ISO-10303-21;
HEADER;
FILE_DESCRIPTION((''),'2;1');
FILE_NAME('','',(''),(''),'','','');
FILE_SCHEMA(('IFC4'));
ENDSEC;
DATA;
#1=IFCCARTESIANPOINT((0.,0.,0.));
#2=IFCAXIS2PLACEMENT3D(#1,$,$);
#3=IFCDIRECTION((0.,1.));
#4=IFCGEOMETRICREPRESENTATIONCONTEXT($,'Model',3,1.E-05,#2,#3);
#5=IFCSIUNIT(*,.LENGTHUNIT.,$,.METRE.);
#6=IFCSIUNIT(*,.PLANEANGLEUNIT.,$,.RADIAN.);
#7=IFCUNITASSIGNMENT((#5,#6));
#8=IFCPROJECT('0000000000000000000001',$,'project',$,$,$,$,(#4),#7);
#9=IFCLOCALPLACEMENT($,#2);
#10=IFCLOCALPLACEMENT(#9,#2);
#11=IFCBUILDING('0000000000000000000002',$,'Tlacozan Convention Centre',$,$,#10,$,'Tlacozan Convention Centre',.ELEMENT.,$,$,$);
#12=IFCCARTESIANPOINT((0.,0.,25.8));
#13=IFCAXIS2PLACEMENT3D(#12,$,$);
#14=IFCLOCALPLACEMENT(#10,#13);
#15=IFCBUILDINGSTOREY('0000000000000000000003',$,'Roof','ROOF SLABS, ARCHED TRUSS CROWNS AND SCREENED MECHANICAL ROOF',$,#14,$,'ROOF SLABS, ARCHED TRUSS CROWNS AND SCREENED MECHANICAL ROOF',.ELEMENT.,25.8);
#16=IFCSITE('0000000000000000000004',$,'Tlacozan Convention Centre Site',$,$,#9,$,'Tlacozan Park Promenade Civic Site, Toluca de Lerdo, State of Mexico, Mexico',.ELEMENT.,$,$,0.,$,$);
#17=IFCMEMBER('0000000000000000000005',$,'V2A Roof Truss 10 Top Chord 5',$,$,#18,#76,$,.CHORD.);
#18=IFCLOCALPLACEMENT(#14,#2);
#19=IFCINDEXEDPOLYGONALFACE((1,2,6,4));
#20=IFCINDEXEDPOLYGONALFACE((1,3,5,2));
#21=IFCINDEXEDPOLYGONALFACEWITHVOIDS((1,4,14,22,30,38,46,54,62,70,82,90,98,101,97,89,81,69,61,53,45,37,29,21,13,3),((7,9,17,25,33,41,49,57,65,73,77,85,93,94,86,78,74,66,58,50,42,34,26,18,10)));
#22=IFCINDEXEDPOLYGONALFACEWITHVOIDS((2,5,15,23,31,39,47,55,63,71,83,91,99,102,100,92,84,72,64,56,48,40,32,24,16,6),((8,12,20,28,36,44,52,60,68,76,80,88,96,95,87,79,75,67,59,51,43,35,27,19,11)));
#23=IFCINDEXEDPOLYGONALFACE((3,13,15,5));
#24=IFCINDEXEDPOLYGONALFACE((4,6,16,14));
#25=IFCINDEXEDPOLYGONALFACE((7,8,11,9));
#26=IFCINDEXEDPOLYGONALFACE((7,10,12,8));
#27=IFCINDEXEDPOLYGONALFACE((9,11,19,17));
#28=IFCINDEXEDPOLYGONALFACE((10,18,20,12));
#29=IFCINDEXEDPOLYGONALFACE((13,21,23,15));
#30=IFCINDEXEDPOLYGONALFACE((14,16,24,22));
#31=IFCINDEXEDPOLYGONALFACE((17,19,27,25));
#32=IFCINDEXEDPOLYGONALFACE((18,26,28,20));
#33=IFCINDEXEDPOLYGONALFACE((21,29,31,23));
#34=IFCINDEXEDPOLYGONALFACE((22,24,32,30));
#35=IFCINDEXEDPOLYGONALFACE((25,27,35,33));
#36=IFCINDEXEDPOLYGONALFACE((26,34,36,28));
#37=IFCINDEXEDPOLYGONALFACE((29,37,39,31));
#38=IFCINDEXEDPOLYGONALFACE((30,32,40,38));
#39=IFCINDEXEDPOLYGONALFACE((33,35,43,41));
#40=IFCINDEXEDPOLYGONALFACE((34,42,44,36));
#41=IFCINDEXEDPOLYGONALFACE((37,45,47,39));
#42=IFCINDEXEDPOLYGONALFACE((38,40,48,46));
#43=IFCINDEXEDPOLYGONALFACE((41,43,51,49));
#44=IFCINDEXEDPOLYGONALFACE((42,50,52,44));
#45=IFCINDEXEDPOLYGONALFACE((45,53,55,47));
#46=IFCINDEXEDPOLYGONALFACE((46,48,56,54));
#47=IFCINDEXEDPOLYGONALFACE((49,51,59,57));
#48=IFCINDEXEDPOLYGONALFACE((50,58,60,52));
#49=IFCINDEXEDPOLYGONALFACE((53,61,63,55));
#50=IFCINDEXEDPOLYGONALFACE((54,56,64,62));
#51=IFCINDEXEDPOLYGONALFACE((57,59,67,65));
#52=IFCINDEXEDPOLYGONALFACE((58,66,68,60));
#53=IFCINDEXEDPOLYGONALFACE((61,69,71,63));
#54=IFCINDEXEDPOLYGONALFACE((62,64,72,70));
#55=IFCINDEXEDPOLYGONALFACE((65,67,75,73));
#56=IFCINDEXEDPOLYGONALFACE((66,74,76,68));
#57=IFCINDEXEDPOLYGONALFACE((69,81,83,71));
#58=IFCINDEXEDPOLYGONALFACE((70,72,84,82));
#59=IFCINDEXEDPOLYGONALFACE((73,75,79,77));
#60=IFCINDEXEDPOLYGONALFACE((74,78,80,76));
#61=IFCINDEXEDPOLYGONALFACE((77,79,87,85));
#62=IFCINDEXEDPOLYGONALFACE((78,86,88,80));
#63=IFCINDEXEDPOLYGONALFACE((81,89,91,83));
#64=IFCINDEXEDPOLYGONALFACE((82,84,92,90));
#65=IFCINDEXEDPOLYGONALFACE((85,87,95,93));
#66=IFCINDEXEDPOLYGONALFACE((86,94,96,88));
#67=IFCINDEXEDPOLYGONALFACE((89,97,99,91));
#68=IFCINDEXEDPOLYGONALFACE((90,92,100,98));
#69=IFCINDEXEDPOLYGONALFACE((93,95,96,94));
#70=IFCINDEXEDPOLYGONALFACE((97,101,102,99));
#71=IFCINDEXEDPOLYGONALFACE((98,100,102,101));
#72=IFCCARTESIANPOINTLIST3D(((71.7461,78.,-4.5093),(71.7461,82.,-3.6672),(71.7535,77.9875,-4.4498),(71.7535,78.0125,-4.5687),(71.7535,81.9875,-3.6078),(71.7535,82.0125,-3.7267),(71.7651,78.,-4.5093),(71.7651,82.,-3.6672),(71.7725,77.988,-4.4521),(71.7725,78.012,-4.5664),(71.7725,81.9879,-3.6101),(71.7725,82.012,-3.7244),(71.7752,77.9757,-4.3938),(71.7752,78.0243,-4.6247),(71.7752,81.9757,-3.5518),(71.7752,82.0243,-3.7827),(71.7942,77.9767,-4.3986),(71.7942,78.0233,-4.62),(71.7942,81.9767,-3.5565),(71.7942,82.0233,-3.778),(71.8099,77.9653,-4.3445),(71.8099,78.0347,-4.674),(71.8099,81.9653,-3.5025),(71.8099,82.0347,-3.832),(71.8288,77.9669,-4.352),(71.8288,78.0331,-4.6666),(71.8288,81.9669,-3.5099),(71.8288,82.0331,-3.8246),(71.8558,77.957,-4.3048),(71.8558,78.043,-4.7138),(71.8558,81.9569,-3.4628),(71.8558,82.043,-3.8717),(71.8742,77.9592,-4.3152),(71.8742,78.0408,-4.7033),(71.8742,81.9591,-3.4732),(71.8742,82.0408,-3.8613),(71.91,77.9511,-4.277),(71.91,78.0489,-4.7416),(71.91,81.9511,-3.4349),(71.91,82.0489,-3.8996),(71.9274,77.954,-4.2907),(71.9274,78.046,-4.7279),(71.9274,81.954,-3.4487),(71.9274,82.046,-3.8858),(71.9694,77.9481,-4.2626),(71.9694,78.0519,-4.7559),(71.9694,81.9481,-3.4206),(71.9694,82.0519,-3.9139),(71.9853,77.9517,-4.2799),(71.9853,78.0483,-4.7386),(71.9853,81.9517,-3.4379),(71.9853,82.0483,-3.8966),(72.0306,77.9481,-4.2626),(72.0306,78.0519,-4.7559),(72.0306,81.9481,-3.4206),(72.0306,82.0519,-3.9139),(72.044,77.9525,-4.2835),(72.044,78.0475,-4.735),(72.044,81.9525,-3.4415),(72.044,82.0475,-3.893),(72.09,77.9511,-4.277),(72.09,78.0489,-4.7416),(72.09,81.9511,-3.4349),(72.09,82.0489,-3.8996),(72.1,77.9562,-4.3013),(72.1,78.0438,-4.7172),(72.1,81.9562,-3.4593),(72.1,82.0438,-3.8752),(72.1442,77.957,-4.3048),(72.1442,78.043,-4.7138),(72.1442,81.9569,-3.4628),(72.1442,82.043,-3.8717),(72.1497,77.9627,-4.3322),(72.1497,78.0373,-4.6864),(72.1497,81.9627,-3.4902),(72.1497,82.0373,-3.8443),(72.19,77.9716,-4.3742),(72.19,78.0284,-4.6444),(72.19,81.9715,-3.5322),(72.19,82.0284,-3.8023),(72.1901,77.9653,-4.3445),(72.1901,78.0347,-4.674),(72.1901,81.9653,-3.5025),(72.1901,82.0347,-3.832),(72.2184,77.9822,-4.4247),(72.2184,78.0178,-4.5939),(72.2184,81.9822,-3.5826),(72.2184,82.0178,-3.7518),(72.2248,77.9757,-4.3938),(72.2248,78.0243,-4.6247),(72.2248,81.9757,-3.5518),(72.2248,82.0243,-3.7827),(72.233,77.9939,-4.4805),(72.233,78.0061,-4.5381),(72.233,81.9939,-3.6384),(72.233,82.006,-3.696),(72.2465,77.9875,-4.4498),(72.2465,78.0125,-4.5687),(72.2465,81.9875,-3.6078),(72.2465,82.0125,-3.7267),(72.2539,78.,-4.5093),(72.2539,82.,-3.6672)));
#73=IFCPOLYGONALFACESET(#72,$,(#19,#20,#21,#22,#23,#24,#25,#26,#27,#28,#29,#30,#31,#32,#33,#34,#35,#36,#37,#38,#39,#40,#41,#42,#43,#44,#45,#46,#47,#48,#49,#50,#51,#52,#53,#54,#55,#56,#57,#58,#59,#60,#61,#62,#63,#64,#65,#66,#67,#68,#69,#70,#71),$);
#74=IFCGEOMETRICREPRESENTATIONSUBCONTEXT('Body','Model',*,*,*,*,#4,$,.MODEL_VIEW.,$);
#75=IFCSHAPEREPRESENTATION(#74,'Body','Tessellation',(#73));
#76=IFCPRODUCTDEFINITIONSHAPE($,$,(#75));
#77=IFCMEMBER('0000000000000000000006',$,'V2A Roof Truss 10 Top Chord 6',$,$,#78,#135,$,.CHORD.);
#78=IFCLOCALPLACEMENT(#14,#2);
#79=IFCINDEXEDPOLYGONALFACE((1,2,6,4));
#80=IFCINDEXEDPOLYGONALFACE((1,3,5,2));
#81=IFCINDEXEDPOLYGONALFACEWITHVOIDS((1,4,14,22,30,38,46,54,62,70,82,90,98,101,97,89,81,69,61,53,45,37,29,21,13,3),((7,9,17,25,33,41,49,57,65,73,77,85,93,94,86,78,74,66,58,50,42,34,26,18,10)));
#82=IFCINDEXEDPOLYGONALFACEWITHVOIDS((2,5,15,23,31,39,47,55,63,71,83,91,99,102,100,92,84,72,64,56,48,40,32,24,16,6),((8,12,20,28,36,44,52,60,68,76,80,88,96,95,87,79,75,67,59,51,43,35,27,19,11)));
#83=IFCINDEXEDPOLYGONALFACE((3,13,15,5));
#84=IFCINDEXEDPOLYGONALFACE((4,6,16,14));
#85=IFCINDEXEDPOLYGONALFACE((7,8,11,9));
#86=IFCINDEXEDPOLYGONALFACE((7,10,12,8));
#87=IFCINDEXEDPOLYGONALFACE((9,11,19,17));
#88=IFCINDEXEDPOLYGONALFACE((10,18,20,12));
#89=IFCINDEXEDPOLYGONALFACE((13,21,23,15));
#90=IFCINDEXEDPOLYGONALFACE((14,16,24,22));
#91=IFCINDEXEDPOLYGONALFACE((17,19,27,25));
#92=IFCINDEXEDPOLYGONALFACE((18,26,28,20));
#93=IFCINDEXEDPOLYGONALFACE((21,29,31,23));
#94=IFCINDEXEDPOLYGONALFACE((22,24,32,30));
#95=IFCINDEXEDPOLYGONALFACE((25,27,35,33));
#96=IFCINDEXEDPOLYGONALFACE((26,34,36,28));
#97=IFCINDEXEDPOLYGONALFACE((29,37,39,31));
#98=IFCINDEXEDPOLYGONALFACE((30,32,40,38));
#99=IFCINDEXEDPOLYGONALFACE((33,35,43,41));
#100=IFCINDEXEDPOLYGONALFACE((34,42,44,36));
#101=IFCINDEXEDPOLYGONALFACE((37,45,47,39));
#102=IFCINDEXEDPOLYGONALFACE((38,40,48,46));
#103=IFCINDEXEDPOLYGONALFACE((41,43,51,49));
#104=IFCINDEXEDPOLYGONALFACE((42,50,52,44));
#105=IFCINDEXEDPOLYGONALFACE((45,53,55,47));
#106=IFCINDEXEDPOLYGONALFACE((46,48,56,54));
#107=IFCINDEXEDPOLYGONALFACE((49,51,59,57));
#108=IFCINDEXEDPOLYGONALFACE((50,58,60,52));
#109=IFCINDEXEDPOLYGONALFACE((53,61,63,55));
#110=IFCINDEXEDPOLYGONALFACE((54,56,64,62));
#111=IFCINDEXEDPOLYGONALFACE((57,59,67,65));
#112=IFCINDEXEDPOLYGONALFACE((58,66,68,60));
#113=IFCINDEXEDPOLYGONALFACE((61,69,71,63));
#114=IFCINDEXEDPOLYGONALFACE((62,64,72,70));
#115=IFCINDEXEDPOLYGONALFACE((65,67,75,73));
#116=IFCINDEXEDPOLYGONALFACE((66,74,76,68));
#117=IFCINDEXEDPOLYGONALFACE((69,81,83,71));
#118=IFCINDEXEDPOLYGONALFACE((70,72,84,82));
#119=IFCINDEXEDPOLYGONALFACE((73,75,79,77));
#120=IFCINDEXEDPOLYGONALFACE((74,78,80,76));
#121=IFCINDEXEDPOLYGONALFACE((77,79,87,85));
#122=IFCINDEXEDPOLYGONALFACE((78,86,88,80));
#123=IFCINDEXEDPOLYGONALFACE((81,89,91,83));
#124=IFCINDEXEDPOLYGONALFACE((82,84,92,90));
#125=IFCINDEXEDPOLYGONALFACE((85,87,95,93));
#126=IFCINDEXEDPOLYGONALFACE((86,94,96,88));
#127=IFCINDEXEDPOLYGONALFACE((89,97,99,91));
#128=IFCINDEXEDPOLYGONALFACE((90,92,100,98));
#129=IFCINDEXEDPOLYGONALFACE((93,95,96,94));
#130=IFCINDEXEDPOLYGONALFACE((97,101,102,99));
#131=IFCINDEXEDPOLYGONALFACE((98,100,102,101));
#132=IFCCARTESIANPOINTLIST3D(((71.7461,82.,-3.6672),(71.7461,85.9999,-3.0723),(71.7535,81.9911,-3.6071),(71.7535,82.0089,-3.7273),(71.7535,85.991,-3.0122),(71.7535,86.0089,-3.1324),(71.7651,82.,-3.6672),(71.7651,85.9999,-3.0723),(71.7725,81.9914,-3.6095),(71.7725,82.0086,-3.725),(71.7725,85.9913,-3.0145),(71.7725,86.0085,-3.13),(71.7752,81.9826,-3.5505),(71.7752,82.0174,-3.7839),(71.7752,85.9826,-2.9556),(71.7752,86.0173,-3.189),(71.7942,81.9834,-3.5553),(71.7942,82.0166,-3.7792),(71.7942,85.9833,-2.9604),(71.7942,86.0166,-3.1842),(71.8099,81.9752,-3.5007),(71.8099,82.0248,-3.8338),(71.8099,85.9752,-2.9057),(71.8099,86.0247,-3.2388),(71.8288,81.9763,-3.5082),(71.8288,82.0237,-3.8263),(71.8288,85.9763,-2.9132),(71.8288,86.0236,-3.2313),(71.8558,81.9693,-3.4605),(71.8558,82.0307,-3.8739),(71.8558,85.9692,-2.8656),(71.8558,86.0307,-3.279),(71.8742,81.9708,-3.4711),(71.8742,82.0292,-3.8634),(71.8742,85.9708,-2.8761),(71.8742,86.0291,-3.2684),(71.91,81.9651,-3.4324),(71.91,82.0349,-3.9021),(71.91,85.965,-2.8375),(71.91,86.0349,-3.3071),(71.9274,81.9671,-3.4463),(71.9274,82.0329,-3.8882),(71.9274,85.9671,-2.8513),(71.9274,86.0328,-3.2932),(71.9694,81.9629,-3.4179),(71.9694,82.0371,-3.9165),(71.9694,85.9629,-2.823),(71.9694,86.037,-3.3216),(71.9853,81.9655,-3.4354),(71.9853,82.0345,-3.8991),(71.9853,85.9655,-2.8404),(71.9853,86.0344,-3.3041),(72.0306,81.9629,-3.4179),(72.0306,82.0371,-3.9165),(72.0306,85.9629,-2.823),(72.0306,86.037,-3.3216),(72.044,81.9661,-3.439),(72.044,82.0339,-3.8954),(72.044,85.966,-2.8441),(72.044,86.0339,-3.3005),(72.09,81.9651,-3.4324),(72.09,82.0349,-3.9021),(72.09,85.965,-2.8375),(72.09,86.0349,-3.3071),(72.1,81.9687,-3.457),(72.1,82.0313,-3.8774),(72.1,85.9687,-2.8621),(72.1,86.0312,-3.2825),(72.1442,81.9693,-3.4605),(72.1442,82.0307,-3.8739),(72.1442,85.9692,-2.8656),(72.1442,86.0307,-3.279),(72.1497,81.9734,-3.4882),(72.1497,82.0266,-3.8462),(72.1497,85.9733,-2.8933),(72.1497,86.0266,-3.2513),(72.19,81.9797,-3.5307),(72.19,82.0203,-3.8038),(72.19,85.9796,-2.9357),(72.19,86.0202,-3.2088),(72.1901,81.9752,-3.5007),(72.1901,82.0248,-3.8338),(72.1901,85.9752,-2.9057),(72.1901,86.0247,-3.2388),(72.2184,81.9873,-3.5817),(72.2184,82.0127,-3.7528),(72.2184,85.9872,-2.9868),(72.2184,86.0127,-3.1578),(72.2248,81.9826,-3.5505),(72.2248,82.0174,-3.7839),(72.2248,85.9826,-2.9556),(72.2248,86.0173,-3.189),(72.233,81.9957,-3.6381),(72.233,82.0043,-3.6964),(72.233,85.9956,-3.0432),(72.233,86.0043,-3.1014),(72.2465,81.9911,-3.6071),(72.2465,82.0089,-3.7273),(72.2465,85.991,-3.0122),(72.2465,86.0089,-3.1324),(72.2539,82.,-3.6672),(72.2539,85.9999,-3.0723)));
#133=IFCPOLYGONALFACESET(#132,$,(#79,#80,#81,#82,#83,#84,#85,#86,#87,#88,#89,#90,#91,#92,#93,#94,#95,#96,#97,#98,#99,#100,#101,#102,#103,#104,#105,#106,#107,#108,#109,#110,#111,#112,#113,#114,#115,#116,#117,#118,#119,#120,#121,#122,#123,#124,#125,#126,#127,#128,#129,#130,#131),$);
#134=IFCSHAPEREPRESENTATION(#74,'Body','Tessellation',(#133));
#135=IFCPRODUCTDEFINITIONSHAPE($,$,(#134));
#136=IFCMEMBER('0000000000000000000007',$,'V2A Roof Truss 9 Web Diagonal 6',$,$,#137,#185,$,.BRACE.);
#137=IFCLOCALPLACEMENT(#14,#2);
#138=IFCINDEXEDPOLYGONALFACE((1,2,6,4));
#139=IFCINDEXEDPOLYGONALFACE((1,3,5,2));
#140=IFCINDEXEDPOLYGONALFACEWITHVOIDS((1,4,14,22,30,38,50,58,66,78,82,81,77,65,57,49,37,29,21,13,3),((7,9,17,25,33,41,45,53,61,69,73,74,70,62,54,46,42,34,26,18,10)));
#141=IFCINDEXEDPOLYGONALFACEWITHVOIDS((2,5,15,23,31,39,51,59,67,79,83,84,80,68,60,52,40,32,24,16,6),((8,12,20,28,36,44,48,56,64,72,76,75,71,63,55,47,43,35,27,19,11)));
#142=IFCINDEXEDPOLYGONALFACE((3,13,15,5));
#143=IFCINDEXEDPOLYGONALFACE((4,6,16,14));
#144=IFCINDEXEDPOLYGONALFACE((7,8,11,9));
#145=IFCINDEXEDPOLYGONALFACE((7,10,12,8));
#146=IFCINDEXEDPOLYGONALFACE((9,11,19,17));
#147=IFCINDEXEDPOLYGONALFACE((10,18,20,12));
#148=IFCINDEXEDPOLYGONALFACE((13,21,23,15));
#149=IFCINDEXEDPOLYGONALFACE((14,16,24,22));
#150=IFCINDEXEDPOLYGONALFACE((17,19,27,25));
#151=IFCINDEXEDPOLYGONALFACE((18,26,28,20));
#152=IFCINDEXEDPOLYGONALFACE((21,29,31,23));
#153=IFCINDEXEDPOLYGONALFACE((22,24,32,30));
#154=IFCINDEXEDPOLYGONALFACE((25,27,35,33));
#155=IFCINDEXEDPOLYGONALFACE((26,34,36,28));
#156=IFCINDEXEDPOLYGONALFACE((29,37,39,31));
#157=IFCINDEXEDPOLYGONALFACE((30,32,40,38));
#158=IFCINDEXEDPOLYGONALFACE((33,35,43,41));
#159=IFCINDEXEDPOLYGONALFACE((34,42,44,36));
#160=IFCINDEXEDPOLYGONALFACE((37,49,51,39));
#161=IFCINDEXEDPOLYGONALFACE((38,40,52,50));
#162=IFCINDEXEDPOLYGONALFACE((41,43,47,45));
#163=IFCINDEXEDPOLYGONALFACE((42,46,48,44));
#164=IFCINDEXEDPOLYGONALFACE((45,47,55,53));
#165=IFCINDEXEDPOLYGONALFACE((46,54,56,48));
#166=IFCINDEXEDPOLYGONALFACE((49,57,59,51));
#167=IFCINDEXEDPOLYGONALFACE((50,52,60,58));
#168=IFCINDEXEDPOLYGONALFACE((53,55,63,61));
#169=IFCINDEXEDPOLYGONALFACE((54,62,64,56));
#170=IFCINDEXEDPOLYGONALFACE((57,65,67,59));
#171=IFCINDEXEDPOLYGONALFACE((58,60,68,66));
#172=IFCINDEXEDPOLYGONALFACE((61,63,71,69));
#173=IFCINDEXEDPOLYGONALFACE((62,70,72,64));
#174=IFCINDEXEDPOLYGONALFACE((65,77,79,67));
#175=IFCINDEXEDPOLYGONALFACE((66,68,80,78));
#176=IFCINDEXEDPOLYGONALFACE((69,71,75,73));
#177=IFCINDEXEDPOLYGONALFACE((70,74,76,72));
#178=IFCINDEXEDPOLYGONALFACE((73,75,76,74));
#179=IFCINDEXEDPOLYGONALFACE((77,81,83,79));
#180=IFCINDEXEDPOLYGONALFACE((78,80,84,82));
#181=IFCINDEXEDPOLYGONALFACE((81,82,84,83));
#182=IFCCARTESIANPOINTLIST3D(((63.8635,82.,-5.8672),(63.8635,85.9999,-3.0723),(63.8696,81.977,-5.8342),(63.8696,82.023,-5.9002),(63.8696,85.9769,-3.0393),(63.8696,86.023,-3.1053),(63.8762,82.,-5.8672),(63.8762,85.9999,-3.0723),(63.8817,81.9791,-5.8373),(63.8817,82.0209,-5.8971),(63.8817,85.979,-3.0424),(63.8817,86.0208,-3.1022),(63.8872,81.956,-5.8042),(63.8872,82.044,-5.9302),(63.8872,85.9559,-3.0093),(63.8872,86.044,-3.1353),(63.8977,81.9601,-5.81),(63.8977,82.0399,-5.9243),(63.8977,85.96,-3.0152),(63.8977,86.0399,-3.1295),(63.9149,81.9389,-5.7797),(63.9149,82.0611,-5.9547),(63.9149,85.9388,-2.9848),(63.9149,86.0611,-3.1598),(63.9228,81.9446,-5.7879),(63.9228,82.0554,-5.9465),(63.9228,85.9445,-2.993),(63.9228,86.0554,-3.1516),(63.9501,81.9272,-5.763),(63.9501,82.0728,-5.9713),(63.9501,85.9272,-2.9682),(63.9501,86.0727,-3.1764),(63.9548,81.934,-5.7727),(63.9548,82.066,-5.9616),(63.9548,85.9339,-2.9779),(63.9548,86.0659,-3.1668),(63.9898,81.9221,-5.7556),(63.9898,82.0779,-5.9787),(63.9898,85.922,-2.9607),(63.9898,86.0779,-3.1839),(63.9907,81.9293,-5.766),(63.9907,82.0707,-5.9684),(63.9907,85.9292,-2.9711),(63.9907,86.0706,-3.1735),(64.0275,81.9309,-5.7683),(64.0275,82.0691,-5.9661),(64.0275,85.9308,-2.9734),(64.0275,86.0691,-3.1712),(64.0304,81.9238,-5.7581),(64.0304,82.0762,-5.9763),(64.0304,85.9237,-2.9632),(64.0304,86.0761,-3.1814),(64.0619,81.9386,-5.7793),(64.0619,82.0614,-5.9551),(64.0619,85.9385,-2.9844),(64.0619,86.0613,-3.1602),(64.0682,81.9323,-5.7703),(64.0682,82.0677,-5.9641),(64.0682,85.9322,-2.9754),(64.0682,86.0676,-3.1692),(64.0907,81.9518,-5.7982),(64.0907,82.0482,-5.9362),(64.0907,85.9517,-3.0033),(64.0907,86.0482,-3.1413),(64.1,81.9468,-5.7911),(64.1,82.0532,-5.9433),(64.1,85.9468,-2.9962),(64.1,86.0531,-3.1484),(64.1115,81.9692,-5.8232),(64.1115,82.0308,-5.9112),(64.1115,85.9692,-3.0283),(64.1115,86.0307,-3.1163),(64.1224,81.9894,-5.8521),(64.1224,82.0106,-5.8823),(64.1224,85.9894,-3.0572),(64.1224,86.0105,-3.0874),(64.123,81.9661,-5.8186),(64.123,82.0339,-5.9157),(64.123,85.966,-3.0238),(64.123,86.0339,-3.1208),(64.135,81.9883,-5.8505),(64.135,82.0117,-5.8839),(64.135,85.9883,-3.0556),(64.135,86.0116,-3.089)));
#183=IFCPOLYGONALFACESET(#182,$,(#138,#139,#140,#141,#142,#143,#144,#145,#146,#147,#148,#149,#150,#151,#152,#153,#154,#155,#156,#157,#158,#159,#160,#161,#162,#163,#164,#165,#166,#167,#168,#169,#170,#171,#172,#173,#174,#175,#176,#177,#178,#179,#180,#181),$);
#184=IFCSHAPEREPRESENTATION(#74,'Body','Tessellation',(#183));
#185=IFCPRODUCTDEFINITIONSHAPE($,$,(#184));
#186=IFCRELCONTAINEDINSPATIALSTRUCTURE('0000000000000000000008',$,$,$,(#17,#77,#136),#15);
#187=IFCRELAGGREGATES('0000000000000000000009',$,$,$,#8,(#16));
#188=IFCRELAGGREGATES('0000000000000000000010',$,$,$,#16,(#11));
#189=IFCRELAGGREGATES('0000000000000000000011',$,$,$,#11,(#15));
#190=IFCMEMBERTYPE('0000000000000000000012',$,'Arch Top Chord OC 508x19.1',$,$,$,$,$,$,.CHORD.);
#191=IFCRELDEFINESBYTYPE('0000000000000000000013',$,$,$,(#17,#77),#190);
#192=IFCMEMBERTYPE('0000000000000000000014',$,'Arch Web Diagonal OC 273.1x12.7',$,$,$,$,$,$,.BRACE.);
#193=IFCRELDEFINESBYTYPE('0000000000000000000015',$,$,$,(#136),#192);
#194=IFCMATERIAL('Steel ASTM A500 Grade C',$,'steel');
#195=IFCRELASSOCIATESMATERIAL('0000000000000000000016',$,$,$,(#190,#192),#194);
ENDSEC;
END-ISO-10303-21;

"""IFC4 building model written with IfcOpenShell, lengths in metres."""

from ifc_helpers import new_model, si_unit, direction, frame, origin, origin_2d, place, context, subcontext, project, spatial, hollow_circle, extrude, material, material_profile, profile_set, type_object, element, save


model = new_model("IFC4")

# Units and contexts
model_context = context("Model", 3, precision=1e-05, world=origin(), true_north=direction((0.0, 1.0)))
body_context = subcontext(model_context, "Body", "Model", "MODEL_VIEW")
ifc_project = project(units=[si_unit("LENGTHUNIT", "METRE"), si_unit("PLANEANGLEUNIT", "RADIAN")], contexts=[model_context])

# Site, building, storey
site_placement = place(None, origin())
site = spatial("IfcSite", under=ifc_project, at=site_placement, Name="Tlacozan Convention Centre Site", LongName="Tlacozan Park Promenade Civic Site, Toluca de Lerdo, State of Mexico, Mexico", CompositionType="ELEMENT", RefElevation=0.0)
building_placement = place(site_placement, origin())
building = spatial("IfcBuilding", under=site, at=building_placement, Name="Tlacozan Convention Centre", LongName="Tlacozan Convention Centre", CompositionType="ELEMENT")
storey_placement = place(building_placement, frame((0.0, 0.0, 25.8)))
storey = spatial("IfcBuildingStorey", under=building, at=storey_placement, Name="Roof", Description="ROOF SLABS, ARCHED TRUSS CROWNS AND SCREENED MECHANICAL ROOF", LongName="ROOF SLABS, ARCHED TRUSS CROWNS AND SCREENED MECHANICAL ROOF", CompositionType="ELEMENT", Elevation=25.8)

# Members
ifc_material_1 = material(Name="Steel ASTM A500 Grade C", Category="steel")
ifc_material_profile_1 = material_profile(ifc_material_1, hollow_circle(Radius=0.2539, WallThickness=0.019, at=origin_2d()), Name="OC 508.0x19.1")
ifc_profile_set_1 = profile_set([ifc_material_profile_1], Name="Steel ASTM A500 Grade C")
member_type_1 = type_object("IfcMemberType", Name="Arch Top Chord OC 508x19.1", PredefinedType="CHORD", material=ifc_profile_set_1)
member_1_placement = place(storey_placement, frame((72.0, 78.0, -4.5093), z_axis=(0.0, 0.978553, 0.205995), x_axis=(-1.0, 0.0, 0.0)))
element("IfcMember", 1, at=member_1_placement, inside=storey, type_object=member_type_1, Name="V2A Roof Truss 10 Top Chord 5", PredefinedType="CHORD", context=body_context, shape_type="SweptSolid", body=[
    extrude(hollow_circle(Radius=0.2539, WallThickness=0.019, at=origin_2d()), origin(), (0.0, 0.0, 1.0), 4.0876),
])
member_2_placement = place(storey_placement, frame((72.0, 82.0, -3.6672), z_axis=(0.0, 0.989118, 0.147124), x_axis=(-1.0, 0.0, 0.0)))
element("IfcMember", 2, at=member_2_placement, inside=storey, type_object=member_type_1, Name="V2A Roof Truss 10 Top Chord 6", PredefinedType="CHORD", context=body_context, shape_type="SweptSolid", body=[
    extrude(hollow_circle(Radius=0.2539, WallThickness=0.019, at=origin_2d()), origin(), (0.0, 0.0, 1.0), 4.0439),
])
ifc_material_profile_2 = material_profile(ifc_material_1, hollow_circle(Radius=0.1365, WallThickness=0.0127, at=origin_2d()), Name="OC 273.1x12.7")
ifc_profile_set_2 = profile_set([ifc_material_profile_2], Name="Steel ASTM A500 Grade C")
member_type_2 = type_object("IfcMemberType", Name="Arch Web Diagonal OC 273.1x12.7", PredefinedType="BRACE", material=ifc_profile_set_2)
member_3_placement = place(storey_placement, frame((64.0, 82.0, -5.8672), z_axis=(0.0, 0.819721, 0.572764), x_axis=(-1.0, 0.0, 0.0)))
element("IfcMember", 3, at=member_3_placement, inside=storey, type_object=member_type_2, Name="V2A Roof Truss 9 Web Diagonal 6", PredefinedType="BRACE", context=body_context, shape_type="SweptSolid", body=[
    extrude(hollow_circle(Radius=0.1365, WallThickness=0.0127, at=origin_2d()), origin(), (0.0, 0.0, 1.0), 4.8796),
])

save(model, "model.ifc")
